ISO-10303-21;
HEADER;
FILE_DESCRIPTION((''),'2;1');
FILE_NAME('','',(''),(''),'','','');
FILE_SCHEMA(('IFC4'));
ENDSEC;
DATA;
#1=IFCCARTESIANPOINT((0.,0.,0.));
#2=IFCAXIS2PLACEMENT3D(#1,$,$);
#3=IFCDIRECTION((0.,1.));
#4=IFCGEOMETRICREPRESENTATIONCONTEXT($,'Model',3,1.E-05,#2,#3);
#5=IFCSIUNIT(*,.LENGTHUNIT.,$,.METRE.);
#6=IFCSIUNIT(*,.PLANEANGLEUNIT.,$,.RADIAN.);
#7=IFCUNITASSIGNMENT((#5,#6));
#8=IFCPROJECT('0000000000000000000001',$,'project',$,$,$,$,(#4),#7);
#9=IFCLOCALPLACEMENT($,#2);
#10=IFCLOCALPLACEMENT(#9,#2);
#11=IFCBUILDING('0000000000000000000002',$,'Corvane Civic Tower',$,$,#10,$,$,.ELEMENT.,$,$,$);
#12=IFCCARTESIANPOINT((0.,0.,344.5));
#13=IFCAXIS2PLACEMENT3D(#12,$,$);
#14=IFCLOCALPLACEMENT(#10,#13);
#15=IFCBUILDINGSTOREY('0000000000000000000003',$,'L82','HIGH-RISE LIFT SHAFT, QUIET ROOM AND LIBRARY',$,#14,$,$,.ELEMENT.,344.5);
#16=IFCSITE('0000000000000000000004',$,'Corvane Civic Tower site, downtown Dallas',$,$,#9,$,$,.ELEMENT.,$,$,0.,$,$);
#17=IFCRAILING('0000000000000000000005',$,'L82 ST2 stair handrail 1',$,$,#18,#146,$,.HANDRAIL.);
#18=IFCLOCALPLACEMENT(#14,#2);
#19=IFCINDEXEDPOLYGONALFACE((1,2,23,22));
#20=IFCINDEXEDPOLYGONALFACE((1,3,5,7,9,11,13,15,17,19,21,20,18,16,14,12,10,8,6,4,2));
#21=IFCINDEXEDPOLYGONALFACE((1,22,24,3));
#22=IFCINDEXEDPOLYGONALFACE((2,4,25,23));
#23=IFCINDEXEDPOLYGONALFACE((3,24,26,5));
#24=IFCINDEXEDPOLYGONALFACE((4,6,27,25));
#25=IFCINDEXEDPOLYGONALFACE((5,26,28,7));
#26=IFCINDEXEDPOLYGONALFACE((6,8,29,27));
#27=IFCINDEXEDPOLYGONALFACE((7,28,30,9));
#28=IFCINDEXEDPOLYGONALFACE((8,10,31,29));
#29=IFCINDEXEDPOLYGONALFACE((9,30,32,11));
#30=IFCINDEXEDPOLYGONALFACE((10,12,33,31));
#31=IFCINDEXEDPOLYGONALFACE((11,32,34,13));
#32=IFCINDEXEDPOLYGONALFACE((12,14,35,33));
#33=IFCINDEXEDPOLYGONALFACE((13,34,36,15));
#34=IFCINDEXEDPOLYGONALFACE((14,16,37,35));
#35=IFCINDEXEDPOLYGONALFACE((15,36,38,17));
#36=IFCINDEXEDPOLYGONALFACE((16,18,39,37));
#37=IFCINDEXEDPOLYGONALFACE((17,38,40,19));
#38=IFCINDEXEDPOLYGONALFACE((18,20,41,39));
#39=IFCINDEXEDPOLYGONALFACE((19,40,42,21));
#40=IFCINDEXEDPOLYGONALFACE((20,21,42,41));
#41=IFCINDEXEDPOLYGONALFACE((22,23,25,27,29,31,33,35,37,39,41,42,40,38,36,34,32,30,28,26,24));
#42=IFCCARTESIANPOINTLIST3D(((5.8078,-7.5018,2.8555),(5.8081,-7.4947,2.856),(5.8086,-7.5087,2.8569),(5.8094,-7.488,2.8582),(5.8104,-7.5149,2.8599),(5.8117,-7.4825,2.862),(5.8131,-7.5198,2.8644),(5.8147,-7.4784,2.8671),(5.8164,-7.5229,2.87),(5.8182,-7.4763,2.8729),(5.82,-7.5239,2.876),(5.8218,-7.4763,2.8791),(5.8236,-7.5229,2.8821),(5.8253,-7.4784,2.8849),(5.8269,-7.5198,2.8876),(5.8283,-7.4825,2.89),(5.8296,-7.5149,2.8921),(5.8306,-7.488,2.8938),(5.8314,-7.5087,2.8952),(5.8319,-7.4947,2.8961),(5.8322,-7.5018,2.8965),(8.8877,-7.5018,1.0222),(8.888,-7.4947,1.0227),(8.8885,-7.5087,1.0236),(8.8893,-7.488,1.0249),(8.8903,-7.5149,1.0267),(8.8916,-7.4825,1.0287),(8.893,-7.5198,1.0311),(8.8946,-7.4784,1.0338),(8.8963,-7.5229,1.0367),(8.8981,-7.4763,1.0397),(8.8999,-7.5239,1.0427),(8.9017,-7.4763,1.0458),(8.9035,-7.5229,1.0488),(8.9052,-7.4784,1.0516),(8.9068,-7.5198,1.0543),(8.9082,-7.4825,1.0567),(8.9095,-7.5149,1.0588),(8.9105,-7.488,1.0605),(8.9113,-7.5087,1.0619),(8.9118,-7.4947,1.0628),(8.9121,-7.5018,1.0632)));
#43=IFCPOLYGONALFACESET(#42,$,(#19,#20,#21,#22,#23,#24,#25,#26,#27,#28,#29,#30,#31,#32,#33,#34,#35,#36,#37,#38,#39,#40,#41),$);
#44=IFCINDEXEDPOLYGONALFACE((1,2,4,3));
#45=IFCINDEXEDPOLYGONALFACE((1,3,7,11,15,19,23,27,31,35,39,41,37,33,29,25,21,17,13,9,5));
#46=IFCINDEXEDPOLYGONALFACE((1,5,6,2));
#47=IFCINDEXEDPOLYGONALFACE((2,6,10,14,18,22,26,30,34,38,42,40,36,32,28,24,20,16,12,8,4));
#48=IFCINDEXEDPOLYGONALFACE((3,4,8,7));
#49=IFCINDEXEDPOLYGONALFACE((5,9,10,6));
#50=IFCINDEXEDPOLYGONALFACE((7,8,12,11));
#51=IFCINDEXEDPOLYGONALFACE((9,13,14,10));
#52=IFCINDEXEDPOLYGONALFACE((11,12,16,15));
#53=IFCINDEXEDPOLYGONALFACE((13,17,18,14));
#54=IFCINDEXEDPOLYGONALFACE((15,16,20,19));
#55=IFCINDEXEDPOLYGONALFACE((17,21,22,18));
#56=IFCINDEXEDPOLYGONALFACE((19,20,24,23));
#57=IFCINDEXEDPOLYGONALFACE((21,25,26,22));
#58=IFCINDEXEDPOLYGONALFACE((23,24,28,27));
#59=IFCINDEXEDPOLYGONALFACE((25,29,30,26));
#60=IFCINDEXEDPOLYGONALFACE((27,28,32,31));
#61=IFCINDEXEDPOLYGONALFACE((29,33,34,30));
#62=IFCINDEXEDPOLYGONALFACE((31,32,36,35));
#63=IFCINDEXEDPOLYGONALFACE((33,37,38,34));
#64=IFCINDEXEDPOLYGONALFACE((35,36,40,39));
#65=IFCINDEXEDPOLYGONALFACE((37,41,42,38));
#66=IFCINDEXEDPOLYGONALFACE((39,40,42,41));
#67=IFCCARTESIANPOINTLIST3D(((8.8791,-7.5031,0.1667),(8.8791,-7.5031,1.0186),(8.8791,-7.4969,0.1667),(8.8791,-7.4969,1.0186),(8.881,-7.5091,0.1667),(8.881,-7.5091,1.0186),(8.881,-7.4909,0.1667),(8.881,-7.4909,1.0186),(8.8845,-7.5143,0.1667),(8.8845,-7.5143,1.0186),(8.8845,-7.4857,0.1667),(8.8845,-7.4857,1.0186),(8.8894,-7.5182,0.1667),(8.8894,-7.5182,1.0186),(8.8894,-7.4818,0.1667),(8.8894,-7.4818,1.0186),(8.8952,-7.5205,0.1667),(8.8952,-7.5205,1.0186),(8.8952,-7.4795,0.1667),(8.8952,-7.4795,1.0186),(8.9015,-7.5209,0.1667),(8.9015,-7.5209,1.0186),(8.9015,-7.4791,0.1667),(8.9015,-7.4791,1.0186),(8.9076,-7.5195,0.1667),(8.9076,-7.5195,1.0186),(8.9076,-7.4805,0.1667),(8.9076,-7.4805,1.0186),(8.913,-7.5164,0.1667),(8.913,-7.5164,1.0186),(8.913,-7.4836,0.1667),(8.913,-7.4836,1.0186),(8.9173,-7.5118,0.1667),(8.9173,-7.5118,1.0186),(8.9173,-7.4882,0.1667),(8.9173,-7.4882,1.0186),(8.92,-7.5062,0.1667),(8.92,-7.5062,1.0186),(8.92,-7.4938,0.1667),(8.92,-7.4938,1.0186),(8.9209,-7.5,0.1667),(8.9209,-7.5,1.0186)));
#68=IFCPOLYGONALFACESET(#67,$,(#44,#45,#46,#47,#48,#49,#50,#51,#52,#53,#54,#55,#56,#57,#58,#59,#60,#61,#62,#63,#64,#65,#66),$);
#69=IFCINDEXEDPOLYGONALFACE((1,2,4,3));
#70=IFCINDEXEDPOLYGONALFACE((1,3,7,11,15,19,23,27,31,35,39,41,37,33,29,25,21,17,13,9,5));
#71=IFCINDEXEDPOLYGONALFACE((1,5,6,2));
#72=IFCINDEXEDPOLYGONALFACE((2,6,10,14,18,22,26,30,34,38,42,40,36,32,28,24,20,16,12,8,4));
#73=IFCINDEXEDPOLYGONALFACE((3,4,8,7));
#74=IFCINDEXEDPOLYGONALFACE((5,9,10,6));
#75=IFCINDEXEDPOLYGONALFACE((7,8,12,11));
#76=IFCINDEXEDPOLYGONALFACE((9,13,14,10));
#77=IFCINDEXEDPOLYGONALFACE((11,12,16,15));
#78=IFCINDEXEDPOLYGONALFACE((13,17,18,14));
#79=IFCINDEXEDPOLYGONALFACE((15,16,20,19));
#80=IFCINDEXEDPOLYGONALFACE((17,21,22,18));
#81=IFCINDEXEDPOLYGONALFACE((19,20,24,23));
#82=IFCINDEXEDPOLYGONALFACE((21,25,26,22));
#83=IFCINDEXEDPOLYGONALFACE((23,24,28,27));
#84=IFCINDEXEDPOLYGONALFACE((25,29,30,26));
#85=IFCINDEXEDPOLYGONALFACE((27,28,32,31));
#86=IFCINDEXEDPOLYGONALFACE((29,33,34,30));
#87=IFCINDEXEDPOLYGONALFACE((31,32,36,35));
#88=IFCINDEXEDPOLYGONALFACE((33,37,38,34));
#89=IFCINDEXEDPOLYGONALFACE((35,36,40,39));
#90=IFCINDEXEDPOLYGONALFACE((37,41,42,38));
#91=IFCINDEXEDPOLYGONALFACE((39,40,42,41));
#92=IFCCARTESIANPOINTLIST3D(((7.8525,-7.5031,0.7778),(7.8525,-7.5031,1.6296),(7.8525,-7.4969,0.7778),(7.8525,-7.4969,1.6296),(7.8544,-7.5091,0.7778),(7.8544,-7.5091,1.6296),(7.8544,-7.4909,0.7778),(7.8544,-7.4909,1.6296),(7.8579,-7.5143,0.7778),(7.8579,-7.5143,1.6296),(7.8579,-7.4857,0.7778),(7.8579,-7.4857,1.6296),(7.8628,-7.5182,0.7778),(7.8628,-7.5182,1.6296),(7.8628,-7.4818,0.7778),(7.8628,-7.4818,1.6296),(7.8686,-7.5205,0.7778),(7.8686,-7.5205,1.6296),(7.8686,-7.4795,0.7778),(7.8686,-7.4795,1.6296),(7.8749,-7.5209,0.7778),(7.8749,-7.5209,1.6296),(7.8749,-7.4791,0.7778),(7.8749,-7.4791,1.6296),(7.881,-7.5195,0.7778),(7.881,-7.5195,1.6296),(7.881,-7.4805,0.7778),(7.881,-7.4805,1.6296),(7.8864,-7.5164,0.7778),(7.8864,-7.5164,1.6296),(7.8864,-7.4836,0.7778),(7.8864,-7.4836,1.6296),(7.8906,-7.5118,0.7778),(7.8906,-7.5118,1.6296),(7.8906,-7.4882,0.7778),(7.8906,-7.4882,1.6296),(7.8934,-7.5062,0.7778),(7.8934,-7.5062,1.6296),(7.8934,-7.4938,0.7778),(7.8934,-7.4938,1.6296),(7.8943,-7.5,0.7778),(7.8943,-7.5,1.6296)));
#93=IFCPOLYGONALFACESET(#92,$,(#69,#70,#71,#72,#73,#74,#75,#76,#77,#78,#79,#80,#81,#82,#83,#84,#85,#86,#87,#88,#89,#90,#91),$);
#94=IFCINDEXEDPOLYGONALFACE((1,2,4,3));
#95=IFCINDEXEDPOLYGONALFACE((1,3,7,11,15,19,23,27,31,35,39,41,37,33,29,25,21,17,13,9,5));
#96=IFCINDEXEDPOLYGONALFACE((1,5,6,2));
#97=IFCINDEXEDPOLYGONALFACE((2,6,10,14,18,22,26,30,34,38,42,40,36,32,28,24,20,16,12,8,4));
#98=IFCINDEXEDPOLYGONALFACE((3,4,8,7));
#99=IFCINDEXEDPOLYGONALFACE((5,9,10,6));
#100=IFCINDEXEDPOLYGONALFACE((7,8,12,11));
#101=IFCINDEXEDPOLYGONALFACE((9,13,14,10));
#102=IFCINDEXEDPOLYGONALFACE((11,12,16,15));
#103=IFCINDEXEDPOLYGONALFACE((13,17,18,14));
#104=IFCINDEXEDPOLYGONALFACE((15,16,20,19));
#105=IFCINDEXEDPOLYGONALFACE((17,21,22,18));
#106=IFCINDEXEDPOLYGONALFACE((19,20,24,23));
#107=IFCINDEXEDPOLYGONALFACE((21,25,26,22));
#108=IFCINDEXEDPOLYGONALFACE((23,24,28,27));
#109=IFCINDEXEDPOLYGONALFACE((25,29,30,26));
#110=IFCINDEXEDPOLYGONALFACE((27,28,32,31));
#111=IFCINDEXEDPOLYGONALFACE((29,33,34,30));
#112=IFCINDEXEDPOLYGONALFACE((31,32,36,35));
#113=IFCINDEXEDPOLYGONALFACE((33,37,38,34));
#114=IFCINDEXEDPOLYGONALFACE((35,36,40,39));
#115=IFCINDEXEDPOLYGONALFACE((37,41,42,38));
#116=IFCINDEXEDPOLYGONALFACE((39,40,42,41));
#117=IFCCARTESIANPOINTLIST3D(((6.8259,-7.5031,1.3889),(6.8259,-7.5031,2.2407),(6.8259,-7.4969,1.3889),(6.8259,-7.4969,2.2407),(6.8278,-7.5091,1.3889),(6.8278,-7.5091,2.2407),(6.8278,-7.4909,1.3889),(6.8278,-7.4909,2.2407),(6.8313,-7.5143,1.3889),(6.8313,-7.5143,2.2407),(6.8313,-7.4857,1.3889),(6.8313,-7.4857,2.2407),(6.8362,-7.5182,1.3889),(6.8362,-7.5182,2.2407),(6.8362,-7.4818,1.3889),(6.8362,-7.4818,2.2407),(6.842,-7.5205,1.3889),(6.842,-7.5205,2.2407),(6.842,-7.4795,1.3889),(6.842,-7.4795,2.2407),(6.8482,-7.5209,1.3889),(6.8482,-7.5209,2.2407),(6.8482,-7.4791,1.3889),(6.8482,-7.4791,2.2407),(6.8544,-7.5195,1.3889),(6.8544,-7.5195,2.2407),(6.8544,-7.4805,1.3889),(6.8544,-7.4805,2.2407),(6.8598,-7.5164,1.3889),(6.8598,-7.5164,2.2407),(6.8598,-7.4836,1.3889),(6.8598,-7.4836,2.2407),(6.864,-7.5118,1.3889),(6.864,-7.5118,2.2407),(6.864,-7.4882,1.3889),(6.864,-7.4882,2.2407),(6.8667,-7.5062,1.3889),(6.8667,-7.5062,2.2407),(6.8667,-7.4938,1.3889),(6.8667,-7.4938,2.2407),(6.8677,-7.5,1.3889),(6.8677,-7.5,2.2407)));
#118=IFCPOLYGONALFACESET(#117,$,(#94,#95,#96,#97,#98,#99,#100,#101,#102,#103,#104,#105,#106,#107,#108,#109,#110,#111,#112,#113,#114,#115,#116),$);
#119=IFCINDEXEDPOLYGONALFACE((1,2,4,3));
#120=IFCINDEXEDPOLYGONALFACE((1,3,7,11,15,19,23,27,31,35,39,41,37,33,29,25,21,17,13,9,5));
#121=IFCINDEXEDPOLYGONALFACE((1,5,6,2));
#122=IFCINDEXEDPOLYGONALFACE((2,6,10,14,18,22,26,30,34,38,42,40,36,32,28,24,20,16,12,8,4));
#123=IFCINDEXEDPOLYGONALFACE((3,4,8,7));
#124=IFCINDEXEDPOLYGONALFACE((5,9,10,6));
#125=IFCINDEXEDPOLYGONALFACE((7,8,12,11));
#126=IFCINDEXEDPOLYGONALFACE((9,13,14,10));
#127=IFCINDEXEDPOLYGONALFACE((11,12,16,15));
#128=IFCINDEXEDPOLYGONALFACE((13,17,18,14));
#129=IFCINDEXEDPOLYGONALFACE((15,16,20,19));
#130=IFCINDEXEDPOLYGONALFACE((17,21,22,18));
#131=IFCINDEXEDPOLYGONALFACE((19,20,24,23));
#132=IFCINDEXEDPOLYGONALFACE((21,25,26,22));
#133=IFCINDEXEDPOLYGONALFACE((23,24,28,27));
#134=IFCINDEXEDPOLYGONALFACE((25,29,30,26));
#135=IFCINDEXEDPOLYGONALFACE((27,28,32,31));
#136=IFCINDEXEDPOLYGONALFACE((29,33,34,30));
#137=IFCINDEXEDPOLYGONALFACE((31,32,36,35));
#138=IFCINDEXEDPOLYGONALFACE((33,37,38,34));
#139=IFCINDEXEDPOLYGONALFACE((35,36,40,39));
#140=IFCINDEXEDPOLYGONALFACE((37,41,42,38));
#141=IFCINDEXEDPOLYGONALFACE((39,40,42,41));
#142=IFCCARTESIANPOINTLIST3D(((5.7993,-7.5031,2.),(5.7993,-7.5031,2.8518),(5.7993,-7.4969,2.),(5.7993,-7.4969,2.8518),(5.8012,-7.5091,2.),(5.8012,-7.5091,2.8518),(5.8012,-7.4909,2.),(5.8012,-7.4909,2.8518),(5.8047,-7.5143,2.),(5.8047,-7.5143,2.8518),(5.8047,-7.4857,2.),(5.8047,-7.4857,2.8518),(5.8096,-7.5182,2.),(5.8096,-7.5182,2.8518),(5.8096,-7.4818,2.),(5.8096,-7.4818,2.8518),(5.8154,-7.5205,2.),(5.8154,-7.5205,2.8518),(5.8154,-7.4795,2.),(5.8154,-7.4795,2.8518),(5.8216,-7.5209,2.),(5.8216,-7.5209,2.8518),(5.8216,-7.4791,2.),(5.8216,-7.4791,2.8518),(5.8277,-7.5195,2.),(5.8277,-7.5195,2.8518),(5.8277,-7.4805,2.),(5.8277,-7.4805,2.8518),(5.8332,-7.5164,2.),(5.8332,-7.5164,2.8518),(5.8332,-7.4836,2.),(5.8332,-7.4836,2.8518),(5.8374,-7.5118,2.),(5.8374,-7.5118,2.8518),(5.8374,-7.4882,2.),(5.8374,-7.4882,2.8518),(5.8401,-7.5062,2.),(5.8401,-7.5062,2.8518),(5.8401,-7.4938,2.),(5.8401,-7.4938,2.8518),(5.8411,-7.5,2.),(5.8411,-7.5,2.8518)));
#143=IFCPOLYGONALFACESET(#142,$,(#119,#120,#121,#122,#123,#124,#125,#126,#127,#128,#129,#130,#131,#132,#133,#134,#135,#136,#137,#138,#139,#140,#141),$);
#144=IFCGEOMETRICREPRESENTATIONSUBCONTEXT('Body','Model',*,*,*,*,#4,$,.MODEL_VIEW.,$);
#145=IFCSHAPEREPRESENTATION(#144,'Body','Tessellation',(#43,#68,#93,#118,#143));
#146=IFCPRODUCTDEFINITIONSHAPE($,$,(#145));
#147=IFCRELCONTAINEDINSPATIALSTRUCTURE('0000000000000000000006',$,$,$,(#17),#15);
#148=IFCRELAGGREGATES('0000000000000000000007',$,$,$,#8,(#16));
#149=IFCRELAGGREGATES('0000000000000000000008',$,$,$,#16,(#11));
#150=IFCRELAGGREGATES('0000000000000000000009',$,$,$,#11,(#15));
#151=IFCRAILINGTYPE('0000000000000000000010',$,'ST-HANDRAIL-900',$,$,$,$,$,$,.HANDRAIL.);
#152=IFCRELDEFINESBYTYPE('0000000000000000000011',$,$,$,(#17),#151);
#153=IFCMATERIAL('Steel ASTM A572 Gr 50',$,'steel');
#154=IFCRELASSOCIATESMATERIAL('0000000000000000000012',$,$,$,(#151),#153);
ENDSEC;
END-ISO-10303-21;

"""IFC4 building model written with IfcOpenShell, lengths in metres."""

from ifc_helpers import new_model, si_unit, direction, frame, origin, origin_2d, place, context, subcontext, project, spatial, circle, extrude, material, type_object, element, save


model = new_model("IFC4")

# Units and contexts
model_context = context("Model", 3, precision=1e-05, world=origin(), true_north=direction((0.0, 1.0)))
body_context = subcontext(model_context, "Body", "Model", "MODEL_VIEW")
ifc_project = project(units=[si_unit("LENGTHUNIT", "METRE"), si_unit("PLANEANGLEUNIT", "RADIAN")], contexts=[model_context])

# Site, building, storey
site_placement = place(None, origin())
site = spatial("IfcSite", under=ifc_project, at=site_placement, Name="Corvane Civic Tower site, downtown Dallas", CompositionType="ELEMENT", RefElevation=0.0)
building_placement = place(site_placement, origin())
building = spatial("IfcBuilding", under=site, at=building_placement, Name="Corvane Civic Tower", CompositionType="ELEMENT")
storey_placement = place(building_placement, frame((0.0, 0.0, 344.5)))
storey = spatial("IfcBuildingStorey", under=building, at=storey_placement, Name="L82", Description="HIGH-RISE LIFT SHAFT, QUIET ROOM AND LIBRARY", CompositionType="ELEMENT", Elevation=344.5)

# Railing
ifc_material_1 = material(Name="Steel ASTM A572 Gr 50", Category="steel")
railing_type_1 = type_object("IfcRailingType", Name="ST-HANDRAIL-900", PredefinedType="HANDRAIL", material=ifc_material_1)
railing_1_placement = place(storey_placement, frame((8.8999, -7.5, 0.1667)))
element("IfcRailing", 1, at=railing_1_placement, inside=storey, type_object=railing_type_1, Name="L82 ST2 stair handrail 1", PredefinedType="HANDRAIL", context=body_context, shape_type="SweptSolid", body=[
    extrude(circle(Radius=0.0239, at=origin_2d()), frame((0.0, 0.0, 0.876), z_axis=(-0.859291, 0.0, 0.511487), x_axis=(0.0, -1.0, 0.0)), (0.0, 0.0, 1.0), 3.5842),
    extrude(circle(Radius=0.021, at=origin_2d()), origin(), (0.0, 0.0, 1.0), 0.8518),
    extrude(circle(Radius=0.021, at=origin_2d()), frame((-1.0266, 0.0, 0.6111)), (0.0, 0.0, 1.0), 0.8518),
    extrude(circle(Radius=0.021, at=origin_2d()), frame((-2.0532, 0.0, 1.2222)), (0.0, 0.0, 1.0), 0.8518),
    extrude(circle(Radius=0.021, at=origin_2d()), frame((-3.0798, 0.0, 1.8333)), (0.0, 0.0, 1.0), 0.8518),
])

save(model, "model.ifc")
